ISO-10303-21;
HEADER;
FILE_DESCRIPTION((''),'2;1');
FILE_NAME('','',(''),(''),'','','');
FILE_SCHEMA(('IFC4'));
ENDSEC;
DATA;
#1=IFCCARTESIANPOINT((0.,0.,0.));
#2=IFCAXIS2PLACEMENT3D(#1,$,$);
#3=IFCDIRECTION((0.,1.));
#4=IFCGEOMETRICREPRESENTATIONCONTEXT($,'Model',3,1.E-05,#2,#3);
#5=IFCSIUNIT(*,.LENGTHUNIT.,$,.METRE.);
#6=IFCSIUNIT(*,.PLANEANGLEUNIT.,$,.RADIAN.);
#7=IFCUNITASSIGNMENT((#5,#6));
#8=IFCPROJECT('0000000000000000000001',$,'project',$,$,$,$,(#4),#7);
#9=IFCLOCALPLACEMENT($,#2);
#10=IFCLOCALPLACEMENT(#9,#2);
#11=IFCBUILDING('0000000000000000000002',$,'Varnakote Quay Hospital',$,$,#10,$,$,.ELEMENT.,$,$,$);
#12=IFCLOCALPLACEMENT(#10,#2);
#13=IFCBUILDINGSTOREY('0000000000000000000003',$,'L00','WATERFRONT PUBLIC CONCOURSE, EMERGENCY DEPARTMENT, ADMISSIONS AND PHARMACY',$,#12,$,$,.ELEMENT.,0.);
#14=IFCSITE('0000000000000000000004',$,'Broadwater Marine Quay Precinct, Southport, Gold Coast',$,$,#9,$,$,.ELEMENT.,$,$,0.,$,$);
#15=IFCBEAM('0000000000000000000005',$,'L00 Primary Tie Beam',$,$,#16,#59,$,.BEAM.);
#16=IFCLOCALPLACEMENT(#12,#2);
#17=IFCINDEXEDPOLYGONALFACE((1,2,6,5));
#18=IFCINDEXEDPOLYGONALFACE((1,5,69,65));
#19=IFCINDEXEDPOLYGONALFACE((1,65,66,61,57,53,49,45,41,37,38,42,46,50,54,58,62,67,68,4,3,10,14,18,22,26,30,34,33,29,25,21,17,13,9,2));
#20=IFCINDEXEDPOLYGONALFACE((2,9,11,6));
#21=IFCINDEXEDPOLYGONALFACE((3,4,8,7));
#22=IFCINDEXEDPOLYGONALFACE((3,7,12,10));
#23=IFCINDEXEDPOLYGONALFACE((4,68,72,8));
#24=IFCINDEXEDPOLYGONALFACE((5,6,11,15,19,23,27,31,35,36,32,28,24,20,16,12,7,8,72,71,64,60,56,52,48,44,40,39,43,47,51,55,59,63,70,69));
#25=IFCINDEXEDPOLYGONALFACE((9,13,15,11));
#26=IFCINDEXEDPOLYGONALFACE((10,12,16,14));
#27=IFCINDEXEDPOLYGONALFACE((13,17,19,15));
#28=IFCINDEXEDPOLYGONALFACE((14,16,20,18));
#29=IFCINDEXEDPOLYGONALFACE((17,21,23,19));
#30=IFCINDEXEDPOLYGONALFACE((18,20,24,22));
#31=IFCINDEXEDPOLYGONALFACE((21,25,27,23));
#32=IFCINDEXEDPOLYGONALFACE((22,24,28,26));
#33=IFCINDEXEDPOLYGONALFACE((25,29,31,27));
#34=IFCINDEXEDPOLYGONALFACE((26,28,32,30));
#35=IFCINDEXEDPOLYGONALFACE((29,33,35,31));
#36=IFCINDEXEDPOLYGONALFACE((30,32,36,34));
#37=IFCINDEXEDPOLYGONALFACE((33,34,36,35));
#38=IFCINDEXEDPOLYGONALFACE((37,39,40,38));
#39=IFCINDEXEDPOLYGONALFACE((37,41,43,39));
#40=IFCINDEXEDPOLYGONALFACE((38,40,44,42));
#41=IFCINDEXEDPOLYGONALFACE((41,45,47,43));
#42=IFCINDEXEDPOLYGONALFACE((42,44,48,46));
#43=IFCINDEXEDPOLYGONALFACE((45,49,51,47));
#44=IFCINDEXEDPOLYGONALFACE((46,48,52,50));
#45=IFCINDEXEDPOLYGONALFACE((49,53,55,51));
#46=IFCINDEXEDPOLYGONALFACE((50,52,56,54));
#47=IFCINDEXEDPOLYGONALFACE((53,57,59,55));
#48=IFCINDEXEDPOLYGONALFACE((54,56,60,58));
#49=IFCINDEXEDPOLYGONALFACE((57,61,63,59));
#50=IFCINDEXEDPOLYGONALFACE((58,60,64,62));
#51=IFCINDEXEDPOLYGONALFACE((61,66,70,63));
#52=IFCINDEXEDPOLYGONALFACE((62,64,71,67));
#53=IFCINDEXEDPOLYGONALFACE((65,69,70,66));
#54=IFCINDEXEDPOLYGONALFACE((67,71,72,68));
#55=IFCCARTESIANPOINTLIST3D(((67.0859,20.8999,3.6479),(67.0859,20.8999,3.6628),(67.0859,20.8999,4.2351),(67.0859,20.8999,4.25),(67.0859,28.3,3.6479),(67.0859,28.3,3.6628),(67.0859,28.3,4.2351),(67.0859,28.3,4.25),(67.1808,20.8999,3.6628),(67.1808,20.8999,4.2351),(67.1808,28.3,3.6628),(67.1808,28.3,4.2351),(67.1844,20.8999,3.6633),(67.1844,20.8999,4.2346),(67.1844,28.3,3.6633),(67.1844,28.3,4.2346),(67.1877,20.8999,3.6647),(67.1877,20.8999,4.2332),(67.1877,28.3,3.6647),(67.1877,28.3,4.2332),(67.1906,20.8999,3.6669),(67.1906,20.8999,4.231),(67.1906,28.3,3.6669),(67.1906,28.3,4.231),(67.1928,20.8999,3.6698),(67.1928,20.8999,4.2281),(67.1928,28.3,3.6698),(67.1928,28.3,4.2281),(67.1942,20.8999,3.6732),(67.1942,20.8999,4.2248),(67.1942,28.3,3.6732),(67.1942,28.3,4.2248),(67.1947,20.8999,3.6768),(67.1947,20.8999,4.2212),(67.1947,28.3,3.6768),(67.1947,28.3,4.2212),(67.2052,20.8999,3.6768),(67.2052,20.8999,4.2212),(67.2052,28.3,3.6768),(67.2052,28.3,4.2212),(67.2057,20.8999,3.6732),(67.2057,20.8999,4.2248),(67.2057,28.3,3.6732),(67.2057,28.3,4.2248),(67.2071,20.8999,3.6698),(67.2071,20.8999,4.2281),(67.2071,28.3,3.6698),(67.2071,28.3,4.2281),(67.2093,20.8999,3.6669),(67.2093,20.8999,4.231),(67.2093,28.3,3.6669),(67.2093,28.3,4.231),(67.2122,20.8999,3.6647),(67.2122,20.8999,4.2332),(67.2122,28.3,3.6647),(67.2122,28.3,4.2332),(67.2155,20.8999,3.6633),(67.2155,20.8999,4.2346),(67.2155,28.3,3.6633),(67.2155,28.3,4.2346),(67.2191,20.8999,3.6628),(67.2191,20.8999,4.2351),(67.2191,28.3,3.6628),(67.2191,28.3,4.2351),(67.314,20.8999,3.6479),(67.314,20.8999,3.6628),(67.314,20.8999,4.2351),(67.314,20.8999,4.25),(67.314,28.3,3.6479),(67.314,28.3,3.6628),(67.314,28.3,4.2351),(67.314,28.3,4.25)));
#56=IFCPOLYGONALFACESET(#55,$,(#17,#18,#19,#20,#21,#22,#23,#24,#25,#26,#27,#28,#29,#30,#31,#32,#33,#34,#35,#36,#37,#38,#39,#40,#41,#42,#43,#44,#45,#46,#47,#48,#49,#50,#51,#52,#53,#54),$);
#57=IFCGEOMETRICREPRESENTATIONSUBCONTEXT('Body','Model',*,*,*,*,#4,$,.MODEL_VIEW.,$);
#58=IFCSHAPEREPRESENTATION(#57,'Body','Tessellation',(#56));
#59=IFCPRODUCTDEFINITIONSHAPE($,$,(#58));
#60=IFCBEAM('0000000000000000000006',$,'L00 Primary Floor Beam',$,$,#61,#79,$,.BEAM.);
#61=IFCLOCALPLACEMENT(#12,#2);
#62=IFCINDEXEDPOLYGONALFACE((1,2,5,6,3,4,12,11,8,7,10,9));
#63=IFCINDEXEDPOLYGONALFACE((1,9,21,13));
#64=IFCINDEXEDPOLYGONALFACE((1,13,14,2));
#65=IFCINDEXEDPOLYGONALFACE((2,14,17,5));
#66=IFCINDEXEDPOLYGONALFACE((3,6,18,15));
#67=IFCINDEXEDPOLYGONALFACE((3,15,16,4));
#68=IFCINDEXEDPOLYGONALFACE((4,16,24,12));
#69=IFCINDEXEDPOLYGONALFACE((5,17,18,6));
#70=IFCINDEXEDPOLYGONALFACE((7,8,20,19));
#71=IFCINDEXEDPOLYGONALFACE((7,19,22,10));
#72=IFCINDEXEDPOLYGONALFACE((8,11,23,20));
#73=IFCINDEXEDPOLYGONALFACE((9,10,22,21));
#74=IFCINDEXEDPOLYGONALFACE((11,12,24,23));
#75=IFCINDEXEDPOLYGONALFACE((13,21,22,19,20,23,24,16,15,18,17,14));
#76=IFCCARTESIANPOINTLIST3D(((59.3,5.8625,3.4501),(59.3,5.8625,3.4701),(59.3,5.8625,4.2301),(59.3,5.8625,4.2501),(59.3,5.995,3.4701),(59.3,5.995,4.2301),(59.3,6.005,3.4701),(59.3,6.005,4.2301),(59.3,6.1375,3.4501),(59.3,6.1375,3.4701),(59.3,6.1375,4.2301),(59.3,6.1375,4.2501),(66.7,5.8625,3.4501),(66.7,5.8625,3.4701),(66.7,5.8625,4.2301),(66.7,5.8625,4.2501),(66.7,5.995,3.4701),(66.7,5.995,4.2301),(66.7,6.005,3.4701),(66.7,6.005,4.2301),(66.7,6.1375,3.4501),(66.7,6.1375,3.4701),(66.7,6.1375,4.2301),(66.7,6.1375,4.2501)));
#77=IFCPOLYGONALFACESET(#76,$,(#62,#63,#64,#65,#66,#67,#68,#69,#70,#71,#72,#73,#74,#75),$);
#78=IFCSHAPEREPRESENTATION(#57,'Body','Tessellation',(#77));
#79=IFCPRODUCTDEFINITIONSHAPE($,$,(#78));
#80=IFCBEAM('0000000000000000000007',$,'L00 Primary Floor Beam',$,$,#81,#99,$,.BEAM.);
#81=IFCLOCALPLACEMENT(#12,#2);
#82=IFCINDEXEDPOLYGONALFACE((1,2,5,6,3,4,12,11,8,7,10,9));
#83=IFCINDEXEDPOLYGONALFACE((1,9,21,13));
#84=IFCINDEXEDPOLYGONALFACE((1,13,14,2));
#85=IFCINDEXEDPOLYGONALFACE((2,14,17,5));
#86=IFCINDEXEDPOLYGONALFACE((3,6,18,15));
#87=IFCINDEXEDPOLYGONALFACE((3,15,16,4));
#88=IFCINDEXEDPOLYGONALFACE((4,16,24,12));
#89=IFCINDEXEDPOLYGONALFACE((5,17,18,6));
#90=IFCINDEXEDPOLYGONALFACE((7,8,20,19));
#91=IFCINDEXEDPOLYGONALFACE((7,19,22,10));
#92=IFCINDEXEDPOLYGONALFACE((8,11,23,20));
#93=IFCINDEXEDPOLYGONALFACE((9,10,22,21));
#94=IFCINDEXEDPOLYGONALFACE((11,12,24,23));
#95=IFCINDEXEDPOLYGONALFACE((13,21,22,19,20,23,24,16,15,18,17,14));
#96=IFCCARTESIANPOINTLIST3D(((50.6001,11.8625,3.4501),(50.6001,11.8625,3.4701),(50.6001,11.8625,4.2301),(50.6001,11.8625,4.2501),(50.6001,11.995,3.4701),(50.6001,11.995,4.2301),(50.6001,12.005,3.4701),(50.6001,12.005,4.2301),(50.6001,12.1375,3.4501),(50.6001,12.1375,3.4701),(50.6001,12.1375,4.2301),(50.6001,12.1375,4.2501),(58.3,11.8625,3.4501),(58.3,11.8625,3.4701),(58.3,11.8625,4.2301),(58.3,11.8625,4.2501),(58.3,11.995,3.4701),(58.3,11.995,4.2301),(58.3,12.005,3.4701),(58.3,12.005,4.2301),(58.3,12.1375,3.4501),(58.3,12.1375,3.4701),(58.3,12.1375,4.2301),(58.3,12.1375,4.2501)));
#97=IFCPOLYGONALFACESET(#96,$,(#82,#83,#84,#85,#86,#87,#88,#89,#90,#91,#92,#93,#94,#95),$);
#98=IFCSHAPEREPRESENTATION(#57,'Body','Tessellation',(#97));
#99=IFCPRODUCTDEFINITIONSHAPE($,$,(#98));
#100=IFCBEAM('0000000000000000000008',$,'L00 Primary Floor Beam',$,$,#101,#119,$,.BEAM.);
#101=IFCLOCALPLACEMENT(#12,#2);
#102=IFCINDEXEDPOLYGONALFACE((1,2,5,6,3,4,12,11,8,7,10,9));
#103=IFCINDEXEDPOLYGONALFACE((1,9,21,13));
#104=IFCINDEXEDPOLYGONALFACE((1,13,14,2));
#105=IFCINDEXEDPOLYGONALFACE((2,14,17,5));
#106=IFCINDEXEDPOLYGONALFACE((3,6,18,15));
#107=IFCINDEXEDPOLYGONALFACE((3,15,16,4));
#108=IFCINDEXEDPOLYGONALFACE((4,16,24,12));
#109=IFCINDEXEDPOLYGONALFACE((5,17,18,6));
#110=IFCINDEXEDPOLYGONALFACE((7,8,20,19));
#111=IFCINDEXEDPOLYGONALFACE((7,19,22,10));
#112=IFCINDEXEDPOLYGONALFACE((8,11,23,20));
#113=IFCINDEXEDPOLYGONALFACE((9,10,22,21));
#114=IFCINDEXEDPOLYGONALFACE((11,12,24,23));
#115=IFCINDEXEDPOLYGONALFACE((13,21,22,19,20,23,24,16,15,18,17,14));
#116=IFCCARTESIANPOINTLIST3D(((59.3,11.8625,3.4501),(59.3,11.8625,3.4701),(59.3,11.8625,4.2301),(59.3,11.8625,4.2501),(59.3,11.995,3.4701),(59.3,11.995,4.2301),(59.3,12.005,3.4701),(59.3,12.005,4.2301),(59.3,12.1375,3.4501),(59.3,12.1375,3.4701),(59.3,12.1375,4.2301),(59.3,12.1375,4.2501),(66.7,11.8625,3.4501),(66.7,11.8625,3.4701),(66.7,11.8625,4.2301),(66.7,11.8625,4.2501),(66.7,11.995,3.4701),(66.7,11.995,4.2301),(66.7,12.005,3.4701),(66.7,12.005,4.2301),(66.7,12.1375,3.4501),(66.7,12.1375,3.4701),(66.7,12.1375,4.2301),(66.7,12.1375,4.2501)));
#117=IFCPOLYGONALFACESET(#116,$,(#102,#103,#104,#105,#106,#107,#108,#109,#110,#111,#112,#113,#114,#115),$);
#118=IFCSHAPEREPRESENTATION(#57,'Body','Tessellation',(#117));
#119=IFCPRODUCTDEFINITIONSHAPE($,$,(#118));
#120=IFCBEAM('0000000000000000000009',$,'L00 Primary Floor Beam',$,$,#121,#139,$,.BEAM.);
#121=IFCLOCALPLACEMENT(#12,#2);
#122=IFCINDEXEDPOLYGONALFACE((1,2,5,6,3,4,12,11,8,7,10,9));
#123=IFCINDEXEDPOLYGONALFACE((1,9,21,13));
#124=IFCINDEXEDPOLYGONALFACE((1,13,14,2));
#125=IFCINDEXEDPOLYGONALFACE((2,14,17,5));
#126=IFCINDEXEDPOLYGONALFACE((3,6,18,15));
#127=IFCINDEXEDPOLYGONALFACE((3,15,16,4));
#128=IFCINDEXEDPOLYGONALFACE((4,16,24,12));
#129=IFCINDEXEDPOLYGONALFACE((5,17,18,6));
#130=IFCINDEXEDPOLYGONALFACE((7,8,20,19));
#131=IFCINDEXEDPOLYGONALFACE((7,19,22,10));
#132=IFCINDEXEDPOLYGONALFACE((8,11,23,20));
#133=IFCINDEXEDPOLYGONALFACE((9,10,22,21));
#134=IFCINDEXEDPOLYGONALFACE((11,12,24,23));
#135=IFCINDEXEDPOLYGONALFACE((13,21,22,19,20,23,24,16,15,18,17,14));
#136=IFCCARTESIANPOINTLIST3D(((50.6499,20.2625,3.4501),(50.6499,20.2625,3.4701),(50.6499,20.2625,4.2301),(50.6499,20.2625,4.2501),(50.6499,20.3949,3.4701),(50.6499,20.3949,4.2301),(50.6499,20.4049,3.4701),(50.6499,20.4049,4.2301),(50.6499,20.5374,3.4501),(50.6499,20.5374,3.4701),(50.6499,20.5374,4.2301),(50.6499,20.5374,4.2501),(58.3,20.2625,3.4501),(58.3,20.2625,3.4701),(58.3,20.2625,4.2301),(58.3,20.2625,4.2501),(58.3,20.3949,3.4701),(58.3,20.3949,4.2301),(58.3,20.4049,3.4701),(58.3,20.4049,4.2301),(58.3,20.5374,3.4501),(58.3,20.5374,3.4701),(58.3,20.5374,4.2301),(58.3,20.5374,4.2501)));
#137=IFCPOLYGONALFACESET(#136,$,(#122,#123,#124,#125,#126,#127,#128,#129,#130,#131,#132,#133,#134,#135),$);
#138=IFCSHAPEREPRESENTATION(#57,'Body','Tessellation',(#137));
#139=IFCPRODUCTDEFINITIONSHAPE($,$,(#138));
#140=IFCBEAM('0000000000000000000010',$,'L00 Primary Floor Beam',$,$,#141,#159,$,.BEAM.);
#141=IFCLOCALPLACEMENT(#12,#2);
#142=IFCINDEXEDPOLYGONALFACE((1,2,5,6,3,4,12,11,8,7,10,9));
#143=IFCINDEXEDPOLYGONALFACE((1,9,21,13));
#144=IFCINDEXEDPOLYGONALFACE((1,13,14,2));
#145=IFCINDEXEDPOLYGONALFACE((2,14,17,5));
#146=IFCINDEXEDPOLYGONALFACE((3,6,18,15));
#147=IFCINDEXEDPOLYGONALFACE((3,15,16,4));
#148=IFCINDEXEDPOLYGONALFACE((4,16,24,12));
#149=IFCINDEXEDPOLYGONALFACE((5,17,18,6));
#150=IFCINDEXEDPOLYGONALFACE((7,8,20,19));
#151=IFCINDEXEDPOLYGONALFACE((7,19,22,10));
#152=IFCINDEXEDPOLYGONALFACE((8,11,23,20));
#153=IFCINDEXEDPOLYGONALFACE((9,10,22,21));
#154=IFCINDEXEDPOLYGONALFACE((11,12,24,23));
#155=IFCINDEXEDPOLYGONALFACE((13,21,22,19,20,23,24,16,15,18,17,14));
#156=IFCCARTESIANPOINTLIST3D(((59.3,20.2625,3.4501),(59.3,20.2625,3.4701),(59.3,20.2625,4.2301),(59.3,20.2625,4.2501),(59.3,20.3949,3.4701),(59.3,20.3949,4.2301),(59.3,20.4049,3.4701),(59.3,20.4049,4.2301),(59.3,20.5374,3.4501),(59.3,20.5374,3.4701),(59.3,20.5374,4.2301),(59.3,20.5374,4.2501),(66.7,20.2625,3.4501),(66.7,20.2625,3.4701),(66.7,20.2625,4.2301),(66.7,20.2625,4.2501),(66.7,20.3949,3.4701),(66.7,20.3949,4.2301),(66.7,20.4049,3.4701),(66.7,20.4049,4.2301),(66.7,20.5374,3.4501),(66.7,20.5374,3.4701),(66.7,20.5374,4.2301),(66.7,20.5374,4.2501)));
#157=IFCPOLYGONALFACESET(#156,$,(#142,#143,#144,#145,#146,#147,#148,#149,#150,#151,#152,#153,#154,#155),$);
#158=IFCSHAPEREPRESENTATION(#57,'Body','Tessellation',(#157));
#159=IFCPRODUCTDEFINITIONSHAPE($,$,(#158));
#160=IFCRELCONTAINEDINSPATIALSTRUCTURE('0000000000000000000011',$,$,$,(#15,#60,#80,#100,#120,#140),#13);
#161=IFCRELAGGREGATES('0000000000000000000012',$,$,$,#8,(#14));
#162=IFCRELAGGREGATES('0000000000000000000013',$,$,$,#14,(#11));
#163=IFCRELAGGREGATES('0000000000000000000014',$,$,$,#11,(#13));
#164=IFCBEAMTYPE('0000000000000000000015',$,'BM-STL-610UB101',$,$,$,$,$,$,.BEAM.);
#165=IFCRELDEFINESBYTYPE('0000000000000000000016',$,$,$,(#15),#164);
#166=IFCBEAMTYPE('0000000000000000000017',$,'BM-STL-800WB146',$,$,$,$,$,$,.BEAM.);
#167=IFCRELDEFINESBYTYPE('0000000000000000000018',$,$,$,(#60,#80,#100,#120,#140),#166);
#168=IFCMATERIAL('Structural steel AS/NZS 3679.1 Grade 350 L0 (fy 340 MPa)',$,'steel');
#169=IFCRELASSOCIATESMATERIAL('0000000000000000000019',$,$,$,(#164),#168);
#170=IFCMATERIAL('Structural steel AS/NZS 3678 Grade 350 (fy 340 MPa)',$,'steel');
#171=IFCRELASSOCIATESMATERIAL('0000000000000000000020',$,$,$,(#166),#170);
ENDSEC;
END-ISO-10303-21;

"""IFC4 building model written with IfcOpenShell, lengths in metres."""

from ifc_helpers import new_model, si_unit, direction, frame, origin, origin_2d, place, context, subcontext, project, spatial, i_section, extrude, material, material_profile, profile_set, type_object, element, save


model = new_model("IFC4")

# Units and contexts
model_context = context("Model", 3, precision=1e-05, world=origin(), true_north=direction((0.0, 1.0)))
body_context = subcontext(model_context, "Body", "Model", "MODEL_VIEW")
ifc_project = project(units=[si_unit("LENGTHUNIT", "METRE"), si_unit("PLANEANGLEUNIT", "RADIAN")], contexts=[model_context])

# Site, building, storey
site_placement = place(None, origin())
site = spatial("IfcSite", under=ifc_project, at=site_placement, Name="Broadwater Marine Quay Precinct, Southport, Gold Coast", CompositionType="ELEMENT", RefElevation=0.0)
building_placement = place(site_placement, origin())
building = spatial("IfcBuilding", under=site, at=building_placement, Name="Varnakote Quay Hospital", CompositionType="ELEMENT")
storey_placement = place(building_placement, origin())
storey = spatial("IfcBuildingStorey", under=building, at=storey_placement, Name="L00", Description="WATERFRONT PUBLIC CONCOURSE, EMERGENCY DEPARTMENT, ADMISSIONS AND PHARMACY", CompositionType="ELEMENT", Elevation=0.0)

# Beams
ifc_material_1 = material(Name="Structural steel AS/NZS 3679.1 Grade 350 L0 (fy 340 MPa)", Category="steel")
ifc_material_profile_1 = material_profile(ifc_material_1, i_section(OverallWidth=0.228, OverallDepth=0.6021, WebThickness=0.0105, FlangeThickness=0.0149, FilletRadius=0.0139, at=origin_2d()), Name="610UB101")
ifc_profile_set_1 = profile_set([ifc_material_profile_1], Name="Structural steel AS/NZS 3679.1 Grade 350 L0 (fy 340 MPa)")
beam_type_1 = type_object("IfcBeamType", Name="BM-STL-610UB101", PredefinedType="BEAM", material=ifc_profile_set_1)
beam_1_placement = place(storey_placement, frame((67.2, 20.8999, 3.949), z_axis=(0.0, 1.0, 0.0), x_axis=(-1.0, 0.0, 0.0)))
element("IfcBeam", 1, at=beam_1_placement, inside=storey, type_object=beam_type_1, Name="L00 Primary Tie Beam", PredefinedType="BEAM", context=body_context, shape_type="SweptSolid", body=[
    extrude(i_section(OverallWidth=0.228, OverallDepth=0.6021, WebThickness=0.0105, FlangeThickness=0.0149, FilletRadius=0.0139, at=origin_2d()), origin(), (0.0, 0.0, 1.0), 7.4001),
])
ifc_material_2 = material(Name="Structural steel AS/NZS 3678 Grade 350 (fy 340 MPa)", Category="steel")
ifc_material_profile_2 = material_profile(ifc_material_2, i_section(OverallWidth=0.2749, OverallDepth=0.8, WebThickness=0.01, FlangeThickness=0.02, at=origin_2d()), Name="800WB146")
ifc_profile_set_2 = profile_set([ifc_material_profile_2], Name="Structural steel AS/NZS 3678 Grade 350 (fy 340 MPa)")
beam_type_2 = type_object("IfcBeamType", Name="BM-STL-800WB146", PredefinedType="BEAM", material=ifc_profile_set_2)
beam_2_placement = place(storey_placement, frame((59.3, 6.0, 3.8501), z_axis=(1.0, 0.0, 0.0), x_axis=(0.0, 1.0, 0.0)))
element("IfcBeam", 2, at=beam_2_placement, inside=storey, type_object=beam_type_2, Name="L00 Primary Floor Beam", PredefinedType="BEAM", context=body_context, shape_type="SweptSolid", body=[
    extrude(i_section(OverallWidth=0.2749, OverallDepth=0.8, WebThickness=0.01, FlangeThickness=0.02, at=origin_2d()), origin(), (0.0, 0.0, 1.0), 7.3999),
])
beam_3_placement = place(storey_placement, frame((50.6001, 12.0, 3.8501), z_axis=(1.0, 0.0, 0.0), x_axis=(0.0, 1.0, 0.0)))
element("IfcBeam", 3, at=beam_3_placement, inside=storey, type_object=beam_type_2, Name="L00 Primary Floor Beam", PredefinedType="BEAM", context=body_context, shape_type="SweptSolid", body=[
    extrude(i_section(OverallWidth=0.2749, OverallDepth=0.8, WebThickness=0.01, FlangeThickness=0.02, at=origin_2d()), origin(), (0.0, 0.0, 1.0), 7.7),
])
beam_4_placement = place(storey_placement, frame((59.3, 12.0, 3.8501), z_axis=(1.0, 0.0, 0.0), x_axis=(0.0, 1.0, 0.0)))
element("IfcBeam", 4, at=beam_4_placement, inside=storey, type_object=beam_type_2, Name="L00 Primary Floor Beam", PredefinedType="BEAM", context=body_context, shape_type="SweptSolid", body=[
    extrude(i_section(OverallWidth=0.2749, OverallDepth=0.8, WebThickness=0.01, FlangeThickness=0.02, at=origin_2d()), origin(), (0.0, 0.0, 1.0), 7.3999),
])
beam_5_placement = place(storey_placement, frame((50.6499, 20.3999, 3.8501), z_axis=(1.0, 0.0, 0.0), x_axis=(0.0, 1.0, 0.0)))
element("IfcBeam", 5, at=beam_5_placement, inside=storey, type_object=beam_type_2, Name="L00 Primary Floor Beam", PredefinedType="BEAM", context=body_context, shape_type="SweptSolid", body=[
    extrude(i_section(OverallWidth=0.2749, OverallDepth=0.8, WebThickness=0.01, FlangeThickness=0.02, at=origin_2d()), origin(), (0.0, 0.0, 1.0), 7.6501),
])
beam_6_placement = place(storey_placement, frame((59.3, 20.3999, 3.8501), z_axis=(1.0, 0.0, 0.0), x_axis=(0.0, 1.0, 0.0)))
element("IfcBeam", 6, at=beam_6_placement, inside=storey, type_object=beam_type_2, Name="L00 Primary Floor Beam", PredefinedType="BEAM", context=body_context, shape_type="SweptSolid", body=[
    extrude(i_section(OverallWidth=0.2749, OverallDepth=0.8, WebThickness=0.01, FlangeThickness=0.02, at=origin_2d()), origin(), (0.0, 0.0, 1.0), 7.3999),
])

save(model, "model.ifc")
